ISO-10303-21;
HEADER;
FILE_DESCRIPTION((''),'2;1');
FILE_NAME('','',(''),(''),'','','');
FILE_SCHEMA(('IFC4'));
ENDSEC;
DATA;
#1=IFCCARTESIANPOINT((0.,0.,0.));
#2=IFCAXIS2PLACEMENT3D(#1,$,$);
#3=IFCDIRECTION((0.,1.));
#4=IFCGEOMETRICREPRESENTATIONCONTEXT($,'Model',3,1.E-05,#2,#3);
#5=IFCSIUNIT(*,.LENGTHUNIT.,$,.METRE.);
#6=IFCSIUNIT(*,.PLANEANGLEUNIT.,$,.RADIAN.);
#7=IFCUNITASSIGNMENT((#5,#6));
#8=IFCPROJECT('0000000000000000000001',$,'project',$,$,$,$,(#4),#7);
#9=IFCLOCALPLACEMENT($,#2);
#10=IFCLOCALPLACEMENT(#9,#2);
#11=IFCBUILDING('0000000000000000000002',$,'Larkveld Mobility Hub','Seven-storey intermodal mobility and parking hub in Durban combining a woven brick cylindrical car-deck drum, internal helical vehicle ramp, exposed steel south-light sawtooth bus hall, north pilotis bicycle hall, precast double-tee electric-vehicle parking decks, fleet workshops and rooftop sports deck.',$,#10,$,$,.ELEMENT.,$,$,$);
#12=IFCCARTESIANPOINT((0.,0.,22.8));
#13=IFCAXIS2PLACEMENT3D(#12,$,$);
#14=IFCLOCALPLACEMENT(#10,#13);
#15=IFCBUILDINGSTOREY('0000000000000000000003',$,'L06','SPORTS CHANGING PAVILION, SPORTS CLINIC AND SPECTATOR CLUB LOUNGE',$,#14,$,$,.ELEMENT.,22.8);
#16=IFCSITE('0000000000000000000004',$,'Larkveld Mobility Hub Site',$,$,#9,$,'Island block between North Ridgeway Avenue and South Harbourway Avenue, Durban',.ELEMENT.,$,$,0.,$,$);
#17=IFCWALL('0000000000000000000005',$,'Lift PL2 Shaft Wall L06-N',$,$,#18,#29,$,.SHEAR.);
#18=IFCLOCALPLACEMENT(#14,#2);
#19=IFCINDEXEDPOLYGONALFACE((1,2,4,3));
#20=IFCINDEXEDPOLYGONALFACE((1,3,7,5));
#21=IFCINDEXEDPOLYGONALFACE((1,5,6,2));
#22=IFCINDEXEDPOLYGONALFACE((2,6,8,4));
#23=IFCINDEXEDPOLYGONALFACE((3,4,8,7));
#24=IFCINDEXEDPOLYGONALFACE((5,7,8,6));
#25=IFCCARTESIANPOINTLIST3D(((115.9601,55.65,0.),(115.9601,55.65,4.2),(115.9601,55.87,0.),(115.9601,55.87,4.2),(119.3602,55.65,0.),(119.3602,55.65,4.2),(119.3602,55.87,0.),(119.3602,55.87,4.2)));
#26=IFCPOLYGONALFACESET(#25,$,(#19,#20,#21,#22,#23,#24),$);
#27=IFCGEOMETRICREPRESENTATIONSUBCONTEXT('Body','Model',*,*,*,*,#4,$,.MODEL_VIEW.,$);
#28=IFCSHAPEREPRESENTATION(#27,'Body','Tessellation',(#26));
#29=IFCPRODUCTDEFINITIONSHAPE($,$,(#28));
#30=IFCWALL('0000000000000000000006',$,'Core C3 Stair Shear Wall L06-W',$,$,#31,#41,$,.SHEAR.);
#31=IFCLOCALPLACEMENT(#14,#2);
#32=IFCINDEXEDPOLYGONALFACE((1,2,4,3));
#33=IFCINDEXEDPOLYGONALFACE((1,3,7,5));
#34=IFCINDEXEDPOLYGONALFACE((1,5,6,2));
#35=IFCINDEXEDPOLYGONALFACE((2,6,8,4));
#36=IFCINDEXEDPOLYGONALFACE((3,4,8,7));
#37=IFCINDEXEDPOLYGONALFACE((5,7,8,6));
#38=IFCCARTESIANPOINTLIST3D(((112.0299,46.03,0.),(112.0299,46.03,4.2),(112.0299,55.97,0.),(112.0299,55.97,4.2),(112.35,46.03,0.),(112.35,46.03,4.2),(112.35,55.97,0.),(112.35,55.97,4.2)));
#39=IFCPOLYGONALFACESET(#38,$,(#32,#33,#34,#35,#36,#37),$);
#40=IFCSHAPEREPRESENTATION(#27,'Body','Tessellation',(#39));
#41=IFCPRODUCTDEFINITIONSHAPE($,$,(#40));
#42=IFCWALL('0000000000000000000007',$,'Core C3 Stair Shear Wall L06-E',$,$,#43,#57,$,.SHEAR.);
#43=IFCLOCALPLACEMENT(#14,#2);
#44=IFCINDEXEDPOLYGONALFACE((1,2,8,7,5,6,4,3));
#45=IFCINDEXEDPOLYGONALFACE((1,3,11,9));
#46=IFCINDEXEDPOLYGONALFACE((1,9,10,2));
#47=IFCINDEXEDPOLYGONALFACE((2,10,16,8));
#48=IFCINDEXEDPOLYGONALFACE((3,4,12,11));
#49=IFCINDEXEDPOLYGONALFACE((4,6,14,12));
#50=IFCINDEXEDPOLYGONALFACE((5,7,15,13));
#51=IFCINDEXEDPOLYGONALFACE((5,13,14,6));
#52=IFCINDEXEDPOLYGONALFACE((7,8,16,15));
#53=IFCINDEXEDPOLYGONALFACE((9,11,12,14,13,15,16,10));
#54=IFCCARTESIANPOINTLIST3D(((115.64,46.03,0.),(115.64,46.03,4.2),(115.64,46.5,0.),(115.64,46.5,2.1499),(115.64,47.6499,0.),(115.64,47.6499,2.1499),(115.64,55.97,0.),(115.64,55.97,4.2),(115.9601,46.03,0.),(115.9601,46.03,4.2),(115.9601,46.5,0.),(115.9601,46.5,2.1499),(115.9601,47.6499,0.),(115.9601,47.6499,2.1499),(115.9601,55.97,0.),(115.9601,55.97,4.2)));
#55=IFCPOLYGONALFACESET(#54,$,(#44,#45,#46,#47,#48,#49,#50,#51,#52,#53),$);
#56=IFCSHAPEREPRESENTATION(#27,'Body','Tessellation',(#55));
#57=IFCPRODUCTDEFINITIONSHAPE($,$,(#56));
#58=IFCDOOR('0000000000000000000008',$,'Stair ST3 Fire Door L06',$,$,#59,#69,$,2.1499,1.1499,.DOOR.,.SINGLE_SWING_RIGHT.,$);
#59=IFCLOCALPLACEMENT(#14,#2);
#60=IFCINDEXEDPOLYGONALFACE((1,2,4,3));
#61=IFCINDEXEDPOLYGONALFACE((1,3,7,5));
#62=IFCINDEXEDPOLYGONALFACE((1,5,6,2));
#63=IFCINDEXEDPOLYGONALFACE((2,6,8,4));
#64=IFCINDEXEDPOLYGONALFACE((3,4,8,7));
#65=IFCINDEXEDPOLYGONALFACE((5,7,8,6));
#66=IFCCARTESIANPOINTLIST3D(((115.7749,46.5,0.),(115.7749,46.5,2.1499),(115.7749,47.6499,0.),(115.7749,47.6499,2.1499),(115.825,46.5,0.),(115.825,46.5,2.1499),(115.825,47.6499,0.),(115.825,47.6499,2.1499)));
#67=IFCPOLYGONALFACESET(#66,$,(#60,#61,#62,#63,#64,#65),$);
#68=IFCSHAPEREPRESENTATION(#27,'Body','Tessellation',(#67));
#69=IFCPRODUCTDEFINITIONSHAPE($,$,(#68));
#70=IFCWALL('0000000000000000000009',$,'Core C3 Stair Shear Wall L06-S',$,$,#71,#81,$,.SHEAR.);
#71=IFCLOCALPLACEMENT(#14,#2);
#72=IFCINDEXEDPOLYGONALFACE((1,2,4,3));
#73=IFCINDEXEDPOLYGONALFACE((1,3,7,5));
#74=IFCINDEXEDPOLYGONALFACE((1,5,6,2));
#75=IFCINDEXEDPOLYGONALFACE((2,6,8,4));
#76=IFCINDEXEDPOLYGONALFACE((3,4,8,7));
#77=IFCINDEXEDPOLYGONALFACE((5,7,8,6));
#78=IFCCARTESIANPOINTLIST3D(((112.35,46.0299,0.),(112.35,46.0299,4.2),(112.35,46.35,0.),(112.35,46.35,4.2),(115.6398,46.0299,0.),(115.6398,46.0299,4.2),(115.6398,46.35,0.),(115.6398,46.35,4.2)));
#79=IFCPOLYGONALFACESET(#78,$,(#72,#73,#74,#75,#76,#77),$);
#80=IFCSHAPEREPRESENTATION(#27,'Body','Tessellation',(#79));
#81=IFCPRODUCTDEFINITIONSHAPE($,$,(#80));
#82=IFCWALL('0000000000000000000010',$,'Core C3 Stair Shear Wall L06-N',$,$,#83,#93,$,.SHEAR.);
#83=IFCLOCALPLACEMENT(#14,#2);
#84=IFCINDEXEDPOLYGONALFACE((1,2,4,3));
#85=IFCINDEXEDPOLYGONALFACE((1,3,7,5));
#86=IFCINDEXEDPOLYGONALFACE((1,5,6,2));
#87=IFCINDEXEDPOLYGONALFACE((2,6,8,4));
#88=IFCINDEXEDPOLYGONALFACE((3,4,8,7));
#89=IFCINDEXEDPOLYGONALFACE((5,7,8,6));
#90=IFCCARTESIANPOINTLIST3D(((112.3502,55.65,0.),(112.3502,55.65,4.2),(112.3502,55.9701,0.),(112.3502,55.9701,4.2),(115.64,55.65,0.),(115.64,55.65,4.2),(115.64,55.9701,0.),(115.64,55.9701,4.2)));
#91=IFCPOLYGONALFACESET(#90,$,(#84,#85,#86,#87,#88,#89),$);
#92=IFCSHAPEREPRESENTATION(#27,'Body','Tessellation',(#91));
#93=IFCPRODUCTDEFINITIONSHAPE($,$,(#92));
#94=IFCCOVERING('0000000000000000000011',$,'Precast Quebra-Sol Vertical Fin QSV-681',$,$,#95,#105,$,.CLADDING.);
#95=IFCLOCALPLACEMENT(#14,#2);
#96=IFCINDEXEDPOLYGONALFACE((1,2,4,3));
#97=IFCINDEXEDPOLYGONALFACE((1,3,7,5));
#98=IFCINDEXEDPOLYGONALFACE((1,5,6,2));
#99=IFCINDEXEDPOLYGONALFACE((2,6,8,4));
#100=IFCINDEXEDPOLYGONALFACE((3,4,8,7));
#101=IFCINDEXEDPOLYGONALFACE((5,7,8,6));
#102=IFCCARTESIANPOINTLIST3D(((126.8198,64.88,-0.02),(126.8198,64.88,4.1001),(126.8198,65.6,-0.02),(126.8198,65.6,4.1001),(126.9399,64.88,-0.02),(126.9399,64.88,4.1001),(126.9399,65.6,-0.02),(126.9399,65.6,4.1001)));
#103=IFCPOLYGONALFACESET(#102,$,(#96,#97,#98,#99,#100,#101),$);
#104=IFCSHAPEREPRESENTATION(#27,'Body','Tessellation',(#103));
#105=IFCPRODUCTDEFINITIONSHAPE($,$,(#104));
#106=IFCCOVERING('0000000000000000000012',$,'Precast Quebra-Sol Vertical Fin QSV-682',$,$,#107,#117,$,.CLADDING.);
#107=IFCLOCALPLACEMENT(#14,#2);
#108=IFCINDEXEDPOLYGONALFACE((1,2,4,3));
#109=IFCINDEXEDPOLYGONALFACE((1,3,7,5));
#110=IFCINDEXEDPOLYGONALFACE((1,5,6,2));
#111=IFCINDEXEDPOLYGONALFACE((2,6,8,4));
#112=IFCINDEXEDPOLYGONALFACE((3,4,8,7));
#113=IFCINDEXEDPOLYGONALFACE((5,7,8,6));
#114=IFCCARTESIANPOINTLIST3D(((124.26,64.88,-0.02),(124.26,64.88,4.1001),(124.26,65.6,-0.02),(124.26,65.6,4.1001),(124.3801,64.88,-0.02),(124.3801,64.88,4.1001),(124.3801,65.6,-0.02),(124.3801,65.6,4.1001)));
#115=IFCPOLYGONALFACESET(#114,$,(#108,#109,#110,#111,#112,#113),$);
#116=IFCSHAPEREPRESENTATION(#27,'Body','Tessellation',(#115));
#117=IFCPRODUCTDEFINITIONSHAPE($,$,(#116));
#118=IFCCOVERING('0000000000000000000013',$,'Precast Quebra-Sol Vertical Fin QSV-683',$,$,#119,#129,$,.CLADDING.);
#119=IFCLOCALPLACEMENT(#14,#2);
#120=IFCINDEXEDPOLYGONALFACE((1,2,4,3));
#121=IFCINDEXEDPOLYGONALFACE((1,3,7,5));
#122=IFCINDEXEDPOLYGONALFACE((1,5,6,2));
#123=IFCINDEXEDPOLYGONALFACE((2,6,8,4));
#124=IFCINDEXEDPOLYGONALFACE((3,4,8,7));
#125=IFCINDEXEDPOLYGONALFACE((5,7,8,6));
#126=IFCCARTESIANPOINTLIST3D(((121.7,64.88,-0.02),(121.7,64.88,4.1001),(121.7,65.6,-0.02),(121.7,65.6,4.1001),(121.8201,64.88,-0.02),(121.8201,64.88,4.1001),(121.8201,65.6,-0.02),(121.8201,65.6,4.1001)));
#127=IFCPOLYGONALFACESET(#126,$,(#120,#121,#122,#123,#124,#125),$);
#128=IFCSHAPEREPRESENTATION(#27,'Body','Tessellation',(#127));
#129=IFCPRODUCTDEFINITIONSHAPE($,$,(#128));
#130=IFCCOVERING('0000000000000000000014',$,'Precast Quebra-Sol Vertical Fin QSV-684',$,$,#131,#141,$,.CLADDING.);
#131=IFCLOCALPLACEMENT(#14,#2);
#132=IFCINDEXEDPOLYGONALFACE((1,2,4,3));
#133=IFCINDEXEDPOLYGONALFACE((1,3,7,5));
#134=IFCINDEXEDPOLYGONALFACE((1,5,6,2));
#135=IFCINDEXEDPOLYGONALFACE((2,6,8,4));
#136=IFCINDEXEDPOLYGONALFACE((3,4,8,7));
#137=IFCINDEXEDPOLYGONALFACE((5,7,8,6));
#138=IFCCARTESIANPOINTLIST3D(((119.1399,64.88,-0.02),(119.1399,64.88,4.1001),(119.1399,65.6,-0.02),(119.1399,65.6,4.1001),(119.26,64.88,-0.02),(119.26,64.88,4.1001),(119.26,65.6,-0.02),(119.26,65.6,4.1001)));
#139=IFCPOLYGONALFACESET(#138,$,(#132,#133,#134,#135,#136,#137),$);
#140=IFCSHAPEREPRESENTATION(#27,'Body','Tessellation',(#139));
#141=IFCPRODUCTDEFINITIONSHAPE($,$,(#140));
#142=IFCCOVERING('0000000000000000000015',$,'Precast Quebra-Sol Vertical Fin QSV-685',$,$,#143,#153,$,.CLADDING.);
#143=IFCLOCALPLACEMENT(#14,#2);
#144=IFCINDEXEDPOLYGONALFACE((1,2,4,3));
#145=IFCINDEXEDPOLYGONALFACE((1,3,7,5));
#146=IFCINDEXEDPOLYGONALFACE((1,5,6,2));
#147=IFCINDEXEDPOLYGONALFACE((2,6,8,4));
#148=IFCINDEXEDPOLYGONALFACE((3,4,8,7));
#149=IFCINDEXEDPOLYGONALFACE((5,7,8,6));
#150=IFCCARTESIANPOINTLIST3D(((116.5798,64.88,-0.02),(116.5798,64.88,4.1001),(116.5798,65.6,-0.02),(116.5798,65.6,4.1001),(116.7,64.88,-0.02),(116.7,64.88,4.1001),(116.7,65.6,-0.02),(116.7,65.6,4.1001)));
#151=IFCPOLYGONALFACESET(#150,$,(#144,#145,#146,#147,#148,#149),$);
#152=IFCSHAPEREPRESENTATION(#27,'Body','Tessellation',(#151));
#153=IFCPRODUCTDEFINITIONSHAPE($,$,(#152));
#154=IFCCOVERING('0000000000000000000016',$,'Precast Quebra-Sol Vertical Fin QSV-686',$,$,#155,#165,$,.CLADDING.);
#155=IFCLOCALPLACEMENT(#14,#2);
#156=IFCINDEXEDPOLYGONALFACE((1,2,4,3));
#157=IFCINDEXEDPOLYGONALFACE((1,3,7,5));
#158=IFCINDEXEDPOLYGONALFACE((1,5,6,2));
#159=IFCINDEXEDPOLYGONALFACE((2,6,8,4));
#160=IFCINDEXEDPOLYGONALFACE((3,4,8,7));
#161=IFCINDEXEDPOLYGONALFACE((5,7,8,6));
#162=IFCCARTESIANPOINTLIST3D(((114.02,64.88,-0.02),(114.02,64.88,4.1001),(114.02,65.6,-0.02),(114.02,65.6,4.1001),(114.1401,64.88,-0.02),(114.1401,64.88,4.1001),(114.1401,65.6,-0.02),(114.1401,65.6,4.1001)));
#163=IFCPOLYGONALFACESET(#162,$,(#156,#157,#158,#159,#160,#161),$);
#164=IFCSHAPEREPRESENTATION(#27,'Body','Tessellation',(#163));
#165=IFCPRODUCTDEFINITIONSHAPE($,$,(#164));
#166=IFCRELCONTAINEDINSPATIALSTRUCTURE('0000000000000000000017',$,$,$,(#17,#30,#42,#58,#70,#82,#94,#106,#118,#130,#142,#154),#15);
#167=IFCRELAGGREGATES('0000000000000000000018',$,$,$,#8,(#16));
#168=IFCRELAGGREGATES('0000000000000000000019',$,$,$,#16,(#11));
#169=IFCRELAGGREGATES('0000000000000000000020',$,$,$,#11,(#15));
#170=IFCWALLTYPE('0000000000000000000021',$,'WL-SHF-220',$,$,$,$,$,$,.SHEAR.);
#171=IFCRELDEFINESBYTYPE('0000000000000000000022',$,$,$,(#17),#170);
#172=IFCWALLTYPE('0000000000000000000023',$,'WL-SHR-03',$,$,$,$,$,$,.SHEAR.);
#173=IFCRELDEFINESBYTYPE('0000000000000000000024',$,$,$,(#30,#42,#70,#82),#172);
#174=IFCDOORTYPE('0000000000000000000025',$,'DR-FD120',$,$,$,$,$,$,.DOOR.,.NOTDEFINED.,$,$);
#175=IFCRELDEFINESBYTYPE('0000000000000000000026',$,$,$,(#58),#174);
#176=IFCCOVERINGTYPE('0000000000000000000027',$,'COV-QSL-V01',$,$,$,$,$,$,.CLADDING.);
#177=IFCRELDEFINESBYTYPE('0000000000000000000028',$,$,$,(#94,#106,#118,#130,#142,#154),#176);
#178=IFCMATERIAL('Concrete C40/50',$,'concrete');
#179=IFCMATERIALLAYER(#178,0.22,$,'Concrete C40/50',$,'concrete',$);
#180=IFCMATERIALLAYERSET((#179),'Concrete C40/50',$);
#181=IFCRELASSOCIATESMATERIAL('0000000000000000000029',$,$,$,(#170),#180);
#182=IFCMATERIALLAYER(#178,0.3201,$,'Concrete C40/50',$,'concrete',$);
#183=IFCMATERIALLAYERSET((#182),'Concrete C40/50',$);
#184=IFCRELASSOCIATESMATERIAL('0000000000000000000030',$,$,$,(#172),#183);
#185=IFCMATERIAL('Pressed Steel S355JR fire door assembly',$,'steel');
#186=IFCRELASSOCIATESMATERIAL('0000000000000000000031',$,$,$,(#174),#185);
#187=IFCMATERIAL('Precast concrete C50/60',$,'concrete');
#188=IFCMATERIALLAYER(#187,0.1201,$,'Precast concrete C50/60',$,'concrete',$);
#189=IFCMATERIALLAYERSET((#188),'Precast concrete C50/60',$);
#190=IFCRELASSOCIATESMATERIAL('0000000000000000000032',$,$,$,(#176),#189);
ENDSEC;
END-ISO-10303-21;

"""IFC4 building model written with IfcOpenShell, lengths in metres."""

from ifc_helpers import new_model, si_unit, direction, frame, frame_2d, origin, origin_2d, place, context, subcontext, project, spatial, rectangle, extrude, material, layer, layer_set, type_object, element, fill, save


model = new_model("IFC4")

# Units and contexts
model_context = context("Model", 3, precision=1e-05, world=origin(), true_north=direction((0.0, 1.0)))
body_context = subcontext(model_context, "Body", "Model", "MODEL_VIEW")
ifc_project = project(units=[si_unit("LENGTHUNIT", "METRE"), si_unit("PLANEANGLEUNIT", "RADIAN")], contexts=[model_context])

# Site, building, storey
site_placement = place(None, origin())
site = spatial("IfcSite", under=ifc_project, at=site_placement, Name="Larkveld Mobility Hub Site", LongName="Island block between North Ridgeway Avenue and South Harbourway Avenue, Durban", CompositionType="ELEMENT", RefElevation=0.0)
building_placement = place(site_placement, origin())
building = spatial("IfcBuilding", under=site, at=building_placement, Name="Larkveld Mobility Hub", Description="Seven-storey intermodal mobility and parking hub in Durban combining a woven brick cylindrical car-deck drum, internal helical vehicle ramp, exposed steel south-light sawtooth bus hall, north pilotis bicycle hall, precast double-tee electric-vehicle parking decks, fleet workshops and rooftop sports deck.", CompositionType="ELEMENT")
storey_placement = place(building_placement, frame((0.0, 0.0, 22.8)))
storey = spatial("IfcBuildingStorey", under=building, at=storey_placement, Name="L06", Description="SPORTS CHANGING PAVILION, SPORTS CLINIC AND SPECTATOR CLUB LOUNGE", CompositionType="ELEMENT", Elevation=22.8)

# Shared definitions
ifc_material_1 = material(Name="Concrete C40/50", Category="concrete")

# Shared definitions
ifc_layer_1 = layer(ifc_material_1, 0.22, Name="Concrete C40/50", Category="concrete")
ifc_layer_set_1 = layer_set([ifc_layer_1], Name="Concrete C40/50")
wall_type_1 = type_object("IfcWallType", Name="WL-SHF-220", PredefinedType="SHEAR", material=ifc_layer_set_1)

# Walls
for number, where, z_axis, x_axis, name in (
    (1, (115.96, 55.76, 0.0), (0.0, 0.0, 1.0), (1.0, 0.0, 0.0), "Lift PL2 Shaft Wall L06-N"),
):
    element("IfcWall", number, at=place(storey_placement, frame(where, z_axis=z_axis, x_axis=x_axis)), inside=storey, type_object=wall_type_1, Name=name, PredefinedType="SHEAR", context=body_context, shape_type="SweptSolid", body=[
        extrude(rectangle(XDim=3.4001, YDim=0.22, at=frame_2d((1.7002, 0.0))), origin(), (0.0, 0.0, 1.0), 4.2),
    ])
ifc_layer_2 = layer(ifc_material_1, 0.3201, Name="Concrete C40/50", Category="concrete")
ifc_layer_set_2 = layer_set([ifc_layer_2], Name="Concrete C40/50")
wall_type_2 = type_object("IfcWallType", Name="WL-SHR-03", PredefinedType="SHEAR", material=ifc_layer_set_2)
wall_1_placement = place(storey_placement, frame((112.1899, 46.03, 0.0), z_axis=(0.0, 0.0, 1.0), x_axis=(0.0, 1.0, 0.0)))
element("IfcWall", 2, at=wall_1_placement, inside=storey, type_object=wall_type_2, Name="Core C3 Stair Shear Wall L06-W", PredefinedType="SHEAR", context=body_context, shape_type="SweptSolid", body=[
    extrude(rectangle(XDim=9.9399, YDim=0.3201, at=frame_2d((4.97, 0.0))), origin(), (0.0, 0.0, 1.0), 4.2),
])

# Wall, opening, door
wall_2_placement = place(storey_placement, frame((115.8, 55.97, 0.0), z_axis=(0.0, 0.0, 1.0), x_axis=(0.0, -1.0, 0.0)))
wall_2 = element("IfcWall", 3, at=wall_2_placement, inside=storey, type_object=wall_type_2, Name="Core C3 Stair Shear Wall L06-E", PredefinedType="SHEAR", context=body_context, shape_type="SweptSolid", body=[
    extrude(rectangle(XDim=9.9399, YDim=0.3201, at=frame_2d((4.97, 0.0))), origin(), (0.0, 0.0, 1.0), 4.2),
])
opening_1_placement = place(wall_2_placement, frame((8.3201, 0.0, 0.0)))
opening_1 = element("IfcOpeningElement", 4, at=opening_1_placement, cuts=wall_2, PredefinedType="OPENING", context=body_context, shape_type="SweptSolid", body=[
    extrude(rectangle(XDim=1.1499, YDim=2.1499, at=frame_2d((0.575, 1.075))), frame((0.0, 0.1699, 0.0), z_axis=(0.0, -1.0, 0.0), x_axis=(1.0, 0.0, 0.0)), (0.0, 0.0, 1.0), 0.3401),
])
ifc_material_2 = material(Name="Pressed Steel S355JR fire door assembly", Category="steel")
door_type_1 = type_object("IfcDoorType", Name="DR-FD120", OperationType="NOTDEFINED", PredefinedType="DOOR", material=ifc_material_2)
door_1_placement = place(opening_1_placement, origin())
door_1 = element("IfcDoor", 5, at=door_1_placement, inside=storey, type_object=door_type_1, Name="Stair ST3 Fire Door L06", OperationType="SINGLE_SWING_RIGHT", OverallHeight=2.1499, OverallWidth=1.1499, PredefinedType="DOOR", context=body_context, shape_type="SweptSolid", body=[
    extrude(rectangle(XDim=1.1499, YDim=2.1499, at=frame_2d((0.575, 1.075))), frame((0.0, 0.0249, 0.0), z_axis=(0.0, -1.0, 0.0), x_axis=(1.0, 0.0, 0.0)), (0.0, 0.0, 1.0), 0.05),
])
fill(opening_1, door_1)

# Walls
for number, where, z_axis, x_axis, name in (
    (6, (115.6399, 46.1899, 0.0), (0.0, 0.0, 1.0), (-1.0, 0.0, 0.0), "Core C3 Stair Shear Wall L06-S"),
    (7, (112.3501, 55.8101, 0.0), (0.0, 0.0, 1.0), (1.0, 0.0, 0.0), "Core C3 Stair Shear Wall L06-N"),
):
    element("IfcWall", number, at=place(storey_placement, frame(where, z_axis=z_axis, x_axis=x_axis)), inside=storey, type_object=wall_type_2, Name=name, PredefinedType="SHEAR", context=body_context, shape_type="SweptSolid", body=[
        extrude(rectangle(XDim=3.2898, YDim=0.3201, at=frame_2d((1.645, 0.0))), origin(), (0.0, 0.0, 1.0), 4.2),
    ])

# Coverings
ifc_material_3 = material(Name="Precast concrete C50/60", Category="concrete")
ifc_layer_3 = layer(ifc_material_3, 0.1201, Name="Precast concrete C50/60", Category="concrete")
ifc_layer_set_3 = layer_set([ifc_layer_3], Name="Precast concrete C50/60")
covering_type = type_object("IfcCoveringType", Name="COV-QSL-V01", PredefinedType="CLADDING", material=ifc_layer_set_3)
for number, where, z_axis, x_axis, name in (
    (8, (126.8799, 65.24, -0.02), (0.0, 0.0, 1.0), (-1.0, 0.0, 0.0), "Precast Quebra-Sol Vertical Fin QSV-681"),
    (9, (124.3201, 65.24, -0.02), (0.0, 0.0, 1.0), (-1.0, 0.0, 0.0), "Precast Quebra-Sol Vertical Fin QSV-682"),
    (10, (121.76, 65.24, -0.02), (0.0, 0.0, 1.0), (-1.0, 0.0, 0.0), "Precast Quebra-Sol Vertical Fin QSV-683"),
    (11, (119.2, 65.24, -0.02), (0.0, 0.0, 1.0), (-1.0, 0.0, 0.0), "Precast Quebra-Sol Vertical Fin QSV-684"),
    (12, (116.6399, 65.24, -0.02), (0.0, 0.0, 1.0), (-1.0, 0.0, 0.0), "Precast Quebra-Sol Vertical Fin QSV-685"),
    (13, (114.0801, 65.24, -0.02), (0.0, 0.0, 1.0), (-1.0, 0.0, 0.0), "Precast Quebra-Sol Vertical Fin QSV-686"),
):
    element("IfcCovering", number, at=place(storey_placement, frame(where, z_axis=z_axis, x_axis=x_axis)), inside=storey, type_object=covering_type, Name=name, PredefinedType="CLADDING", context=body_context, shape_type="SweptSolid", body=[
        extrude(rectangle(XDim=0.1201, YDim=0.72, at=origin_2d()), origin(), (0.0, 0.0, 1.0), 4.1201),
    ])

save(model, "model.ifc")
